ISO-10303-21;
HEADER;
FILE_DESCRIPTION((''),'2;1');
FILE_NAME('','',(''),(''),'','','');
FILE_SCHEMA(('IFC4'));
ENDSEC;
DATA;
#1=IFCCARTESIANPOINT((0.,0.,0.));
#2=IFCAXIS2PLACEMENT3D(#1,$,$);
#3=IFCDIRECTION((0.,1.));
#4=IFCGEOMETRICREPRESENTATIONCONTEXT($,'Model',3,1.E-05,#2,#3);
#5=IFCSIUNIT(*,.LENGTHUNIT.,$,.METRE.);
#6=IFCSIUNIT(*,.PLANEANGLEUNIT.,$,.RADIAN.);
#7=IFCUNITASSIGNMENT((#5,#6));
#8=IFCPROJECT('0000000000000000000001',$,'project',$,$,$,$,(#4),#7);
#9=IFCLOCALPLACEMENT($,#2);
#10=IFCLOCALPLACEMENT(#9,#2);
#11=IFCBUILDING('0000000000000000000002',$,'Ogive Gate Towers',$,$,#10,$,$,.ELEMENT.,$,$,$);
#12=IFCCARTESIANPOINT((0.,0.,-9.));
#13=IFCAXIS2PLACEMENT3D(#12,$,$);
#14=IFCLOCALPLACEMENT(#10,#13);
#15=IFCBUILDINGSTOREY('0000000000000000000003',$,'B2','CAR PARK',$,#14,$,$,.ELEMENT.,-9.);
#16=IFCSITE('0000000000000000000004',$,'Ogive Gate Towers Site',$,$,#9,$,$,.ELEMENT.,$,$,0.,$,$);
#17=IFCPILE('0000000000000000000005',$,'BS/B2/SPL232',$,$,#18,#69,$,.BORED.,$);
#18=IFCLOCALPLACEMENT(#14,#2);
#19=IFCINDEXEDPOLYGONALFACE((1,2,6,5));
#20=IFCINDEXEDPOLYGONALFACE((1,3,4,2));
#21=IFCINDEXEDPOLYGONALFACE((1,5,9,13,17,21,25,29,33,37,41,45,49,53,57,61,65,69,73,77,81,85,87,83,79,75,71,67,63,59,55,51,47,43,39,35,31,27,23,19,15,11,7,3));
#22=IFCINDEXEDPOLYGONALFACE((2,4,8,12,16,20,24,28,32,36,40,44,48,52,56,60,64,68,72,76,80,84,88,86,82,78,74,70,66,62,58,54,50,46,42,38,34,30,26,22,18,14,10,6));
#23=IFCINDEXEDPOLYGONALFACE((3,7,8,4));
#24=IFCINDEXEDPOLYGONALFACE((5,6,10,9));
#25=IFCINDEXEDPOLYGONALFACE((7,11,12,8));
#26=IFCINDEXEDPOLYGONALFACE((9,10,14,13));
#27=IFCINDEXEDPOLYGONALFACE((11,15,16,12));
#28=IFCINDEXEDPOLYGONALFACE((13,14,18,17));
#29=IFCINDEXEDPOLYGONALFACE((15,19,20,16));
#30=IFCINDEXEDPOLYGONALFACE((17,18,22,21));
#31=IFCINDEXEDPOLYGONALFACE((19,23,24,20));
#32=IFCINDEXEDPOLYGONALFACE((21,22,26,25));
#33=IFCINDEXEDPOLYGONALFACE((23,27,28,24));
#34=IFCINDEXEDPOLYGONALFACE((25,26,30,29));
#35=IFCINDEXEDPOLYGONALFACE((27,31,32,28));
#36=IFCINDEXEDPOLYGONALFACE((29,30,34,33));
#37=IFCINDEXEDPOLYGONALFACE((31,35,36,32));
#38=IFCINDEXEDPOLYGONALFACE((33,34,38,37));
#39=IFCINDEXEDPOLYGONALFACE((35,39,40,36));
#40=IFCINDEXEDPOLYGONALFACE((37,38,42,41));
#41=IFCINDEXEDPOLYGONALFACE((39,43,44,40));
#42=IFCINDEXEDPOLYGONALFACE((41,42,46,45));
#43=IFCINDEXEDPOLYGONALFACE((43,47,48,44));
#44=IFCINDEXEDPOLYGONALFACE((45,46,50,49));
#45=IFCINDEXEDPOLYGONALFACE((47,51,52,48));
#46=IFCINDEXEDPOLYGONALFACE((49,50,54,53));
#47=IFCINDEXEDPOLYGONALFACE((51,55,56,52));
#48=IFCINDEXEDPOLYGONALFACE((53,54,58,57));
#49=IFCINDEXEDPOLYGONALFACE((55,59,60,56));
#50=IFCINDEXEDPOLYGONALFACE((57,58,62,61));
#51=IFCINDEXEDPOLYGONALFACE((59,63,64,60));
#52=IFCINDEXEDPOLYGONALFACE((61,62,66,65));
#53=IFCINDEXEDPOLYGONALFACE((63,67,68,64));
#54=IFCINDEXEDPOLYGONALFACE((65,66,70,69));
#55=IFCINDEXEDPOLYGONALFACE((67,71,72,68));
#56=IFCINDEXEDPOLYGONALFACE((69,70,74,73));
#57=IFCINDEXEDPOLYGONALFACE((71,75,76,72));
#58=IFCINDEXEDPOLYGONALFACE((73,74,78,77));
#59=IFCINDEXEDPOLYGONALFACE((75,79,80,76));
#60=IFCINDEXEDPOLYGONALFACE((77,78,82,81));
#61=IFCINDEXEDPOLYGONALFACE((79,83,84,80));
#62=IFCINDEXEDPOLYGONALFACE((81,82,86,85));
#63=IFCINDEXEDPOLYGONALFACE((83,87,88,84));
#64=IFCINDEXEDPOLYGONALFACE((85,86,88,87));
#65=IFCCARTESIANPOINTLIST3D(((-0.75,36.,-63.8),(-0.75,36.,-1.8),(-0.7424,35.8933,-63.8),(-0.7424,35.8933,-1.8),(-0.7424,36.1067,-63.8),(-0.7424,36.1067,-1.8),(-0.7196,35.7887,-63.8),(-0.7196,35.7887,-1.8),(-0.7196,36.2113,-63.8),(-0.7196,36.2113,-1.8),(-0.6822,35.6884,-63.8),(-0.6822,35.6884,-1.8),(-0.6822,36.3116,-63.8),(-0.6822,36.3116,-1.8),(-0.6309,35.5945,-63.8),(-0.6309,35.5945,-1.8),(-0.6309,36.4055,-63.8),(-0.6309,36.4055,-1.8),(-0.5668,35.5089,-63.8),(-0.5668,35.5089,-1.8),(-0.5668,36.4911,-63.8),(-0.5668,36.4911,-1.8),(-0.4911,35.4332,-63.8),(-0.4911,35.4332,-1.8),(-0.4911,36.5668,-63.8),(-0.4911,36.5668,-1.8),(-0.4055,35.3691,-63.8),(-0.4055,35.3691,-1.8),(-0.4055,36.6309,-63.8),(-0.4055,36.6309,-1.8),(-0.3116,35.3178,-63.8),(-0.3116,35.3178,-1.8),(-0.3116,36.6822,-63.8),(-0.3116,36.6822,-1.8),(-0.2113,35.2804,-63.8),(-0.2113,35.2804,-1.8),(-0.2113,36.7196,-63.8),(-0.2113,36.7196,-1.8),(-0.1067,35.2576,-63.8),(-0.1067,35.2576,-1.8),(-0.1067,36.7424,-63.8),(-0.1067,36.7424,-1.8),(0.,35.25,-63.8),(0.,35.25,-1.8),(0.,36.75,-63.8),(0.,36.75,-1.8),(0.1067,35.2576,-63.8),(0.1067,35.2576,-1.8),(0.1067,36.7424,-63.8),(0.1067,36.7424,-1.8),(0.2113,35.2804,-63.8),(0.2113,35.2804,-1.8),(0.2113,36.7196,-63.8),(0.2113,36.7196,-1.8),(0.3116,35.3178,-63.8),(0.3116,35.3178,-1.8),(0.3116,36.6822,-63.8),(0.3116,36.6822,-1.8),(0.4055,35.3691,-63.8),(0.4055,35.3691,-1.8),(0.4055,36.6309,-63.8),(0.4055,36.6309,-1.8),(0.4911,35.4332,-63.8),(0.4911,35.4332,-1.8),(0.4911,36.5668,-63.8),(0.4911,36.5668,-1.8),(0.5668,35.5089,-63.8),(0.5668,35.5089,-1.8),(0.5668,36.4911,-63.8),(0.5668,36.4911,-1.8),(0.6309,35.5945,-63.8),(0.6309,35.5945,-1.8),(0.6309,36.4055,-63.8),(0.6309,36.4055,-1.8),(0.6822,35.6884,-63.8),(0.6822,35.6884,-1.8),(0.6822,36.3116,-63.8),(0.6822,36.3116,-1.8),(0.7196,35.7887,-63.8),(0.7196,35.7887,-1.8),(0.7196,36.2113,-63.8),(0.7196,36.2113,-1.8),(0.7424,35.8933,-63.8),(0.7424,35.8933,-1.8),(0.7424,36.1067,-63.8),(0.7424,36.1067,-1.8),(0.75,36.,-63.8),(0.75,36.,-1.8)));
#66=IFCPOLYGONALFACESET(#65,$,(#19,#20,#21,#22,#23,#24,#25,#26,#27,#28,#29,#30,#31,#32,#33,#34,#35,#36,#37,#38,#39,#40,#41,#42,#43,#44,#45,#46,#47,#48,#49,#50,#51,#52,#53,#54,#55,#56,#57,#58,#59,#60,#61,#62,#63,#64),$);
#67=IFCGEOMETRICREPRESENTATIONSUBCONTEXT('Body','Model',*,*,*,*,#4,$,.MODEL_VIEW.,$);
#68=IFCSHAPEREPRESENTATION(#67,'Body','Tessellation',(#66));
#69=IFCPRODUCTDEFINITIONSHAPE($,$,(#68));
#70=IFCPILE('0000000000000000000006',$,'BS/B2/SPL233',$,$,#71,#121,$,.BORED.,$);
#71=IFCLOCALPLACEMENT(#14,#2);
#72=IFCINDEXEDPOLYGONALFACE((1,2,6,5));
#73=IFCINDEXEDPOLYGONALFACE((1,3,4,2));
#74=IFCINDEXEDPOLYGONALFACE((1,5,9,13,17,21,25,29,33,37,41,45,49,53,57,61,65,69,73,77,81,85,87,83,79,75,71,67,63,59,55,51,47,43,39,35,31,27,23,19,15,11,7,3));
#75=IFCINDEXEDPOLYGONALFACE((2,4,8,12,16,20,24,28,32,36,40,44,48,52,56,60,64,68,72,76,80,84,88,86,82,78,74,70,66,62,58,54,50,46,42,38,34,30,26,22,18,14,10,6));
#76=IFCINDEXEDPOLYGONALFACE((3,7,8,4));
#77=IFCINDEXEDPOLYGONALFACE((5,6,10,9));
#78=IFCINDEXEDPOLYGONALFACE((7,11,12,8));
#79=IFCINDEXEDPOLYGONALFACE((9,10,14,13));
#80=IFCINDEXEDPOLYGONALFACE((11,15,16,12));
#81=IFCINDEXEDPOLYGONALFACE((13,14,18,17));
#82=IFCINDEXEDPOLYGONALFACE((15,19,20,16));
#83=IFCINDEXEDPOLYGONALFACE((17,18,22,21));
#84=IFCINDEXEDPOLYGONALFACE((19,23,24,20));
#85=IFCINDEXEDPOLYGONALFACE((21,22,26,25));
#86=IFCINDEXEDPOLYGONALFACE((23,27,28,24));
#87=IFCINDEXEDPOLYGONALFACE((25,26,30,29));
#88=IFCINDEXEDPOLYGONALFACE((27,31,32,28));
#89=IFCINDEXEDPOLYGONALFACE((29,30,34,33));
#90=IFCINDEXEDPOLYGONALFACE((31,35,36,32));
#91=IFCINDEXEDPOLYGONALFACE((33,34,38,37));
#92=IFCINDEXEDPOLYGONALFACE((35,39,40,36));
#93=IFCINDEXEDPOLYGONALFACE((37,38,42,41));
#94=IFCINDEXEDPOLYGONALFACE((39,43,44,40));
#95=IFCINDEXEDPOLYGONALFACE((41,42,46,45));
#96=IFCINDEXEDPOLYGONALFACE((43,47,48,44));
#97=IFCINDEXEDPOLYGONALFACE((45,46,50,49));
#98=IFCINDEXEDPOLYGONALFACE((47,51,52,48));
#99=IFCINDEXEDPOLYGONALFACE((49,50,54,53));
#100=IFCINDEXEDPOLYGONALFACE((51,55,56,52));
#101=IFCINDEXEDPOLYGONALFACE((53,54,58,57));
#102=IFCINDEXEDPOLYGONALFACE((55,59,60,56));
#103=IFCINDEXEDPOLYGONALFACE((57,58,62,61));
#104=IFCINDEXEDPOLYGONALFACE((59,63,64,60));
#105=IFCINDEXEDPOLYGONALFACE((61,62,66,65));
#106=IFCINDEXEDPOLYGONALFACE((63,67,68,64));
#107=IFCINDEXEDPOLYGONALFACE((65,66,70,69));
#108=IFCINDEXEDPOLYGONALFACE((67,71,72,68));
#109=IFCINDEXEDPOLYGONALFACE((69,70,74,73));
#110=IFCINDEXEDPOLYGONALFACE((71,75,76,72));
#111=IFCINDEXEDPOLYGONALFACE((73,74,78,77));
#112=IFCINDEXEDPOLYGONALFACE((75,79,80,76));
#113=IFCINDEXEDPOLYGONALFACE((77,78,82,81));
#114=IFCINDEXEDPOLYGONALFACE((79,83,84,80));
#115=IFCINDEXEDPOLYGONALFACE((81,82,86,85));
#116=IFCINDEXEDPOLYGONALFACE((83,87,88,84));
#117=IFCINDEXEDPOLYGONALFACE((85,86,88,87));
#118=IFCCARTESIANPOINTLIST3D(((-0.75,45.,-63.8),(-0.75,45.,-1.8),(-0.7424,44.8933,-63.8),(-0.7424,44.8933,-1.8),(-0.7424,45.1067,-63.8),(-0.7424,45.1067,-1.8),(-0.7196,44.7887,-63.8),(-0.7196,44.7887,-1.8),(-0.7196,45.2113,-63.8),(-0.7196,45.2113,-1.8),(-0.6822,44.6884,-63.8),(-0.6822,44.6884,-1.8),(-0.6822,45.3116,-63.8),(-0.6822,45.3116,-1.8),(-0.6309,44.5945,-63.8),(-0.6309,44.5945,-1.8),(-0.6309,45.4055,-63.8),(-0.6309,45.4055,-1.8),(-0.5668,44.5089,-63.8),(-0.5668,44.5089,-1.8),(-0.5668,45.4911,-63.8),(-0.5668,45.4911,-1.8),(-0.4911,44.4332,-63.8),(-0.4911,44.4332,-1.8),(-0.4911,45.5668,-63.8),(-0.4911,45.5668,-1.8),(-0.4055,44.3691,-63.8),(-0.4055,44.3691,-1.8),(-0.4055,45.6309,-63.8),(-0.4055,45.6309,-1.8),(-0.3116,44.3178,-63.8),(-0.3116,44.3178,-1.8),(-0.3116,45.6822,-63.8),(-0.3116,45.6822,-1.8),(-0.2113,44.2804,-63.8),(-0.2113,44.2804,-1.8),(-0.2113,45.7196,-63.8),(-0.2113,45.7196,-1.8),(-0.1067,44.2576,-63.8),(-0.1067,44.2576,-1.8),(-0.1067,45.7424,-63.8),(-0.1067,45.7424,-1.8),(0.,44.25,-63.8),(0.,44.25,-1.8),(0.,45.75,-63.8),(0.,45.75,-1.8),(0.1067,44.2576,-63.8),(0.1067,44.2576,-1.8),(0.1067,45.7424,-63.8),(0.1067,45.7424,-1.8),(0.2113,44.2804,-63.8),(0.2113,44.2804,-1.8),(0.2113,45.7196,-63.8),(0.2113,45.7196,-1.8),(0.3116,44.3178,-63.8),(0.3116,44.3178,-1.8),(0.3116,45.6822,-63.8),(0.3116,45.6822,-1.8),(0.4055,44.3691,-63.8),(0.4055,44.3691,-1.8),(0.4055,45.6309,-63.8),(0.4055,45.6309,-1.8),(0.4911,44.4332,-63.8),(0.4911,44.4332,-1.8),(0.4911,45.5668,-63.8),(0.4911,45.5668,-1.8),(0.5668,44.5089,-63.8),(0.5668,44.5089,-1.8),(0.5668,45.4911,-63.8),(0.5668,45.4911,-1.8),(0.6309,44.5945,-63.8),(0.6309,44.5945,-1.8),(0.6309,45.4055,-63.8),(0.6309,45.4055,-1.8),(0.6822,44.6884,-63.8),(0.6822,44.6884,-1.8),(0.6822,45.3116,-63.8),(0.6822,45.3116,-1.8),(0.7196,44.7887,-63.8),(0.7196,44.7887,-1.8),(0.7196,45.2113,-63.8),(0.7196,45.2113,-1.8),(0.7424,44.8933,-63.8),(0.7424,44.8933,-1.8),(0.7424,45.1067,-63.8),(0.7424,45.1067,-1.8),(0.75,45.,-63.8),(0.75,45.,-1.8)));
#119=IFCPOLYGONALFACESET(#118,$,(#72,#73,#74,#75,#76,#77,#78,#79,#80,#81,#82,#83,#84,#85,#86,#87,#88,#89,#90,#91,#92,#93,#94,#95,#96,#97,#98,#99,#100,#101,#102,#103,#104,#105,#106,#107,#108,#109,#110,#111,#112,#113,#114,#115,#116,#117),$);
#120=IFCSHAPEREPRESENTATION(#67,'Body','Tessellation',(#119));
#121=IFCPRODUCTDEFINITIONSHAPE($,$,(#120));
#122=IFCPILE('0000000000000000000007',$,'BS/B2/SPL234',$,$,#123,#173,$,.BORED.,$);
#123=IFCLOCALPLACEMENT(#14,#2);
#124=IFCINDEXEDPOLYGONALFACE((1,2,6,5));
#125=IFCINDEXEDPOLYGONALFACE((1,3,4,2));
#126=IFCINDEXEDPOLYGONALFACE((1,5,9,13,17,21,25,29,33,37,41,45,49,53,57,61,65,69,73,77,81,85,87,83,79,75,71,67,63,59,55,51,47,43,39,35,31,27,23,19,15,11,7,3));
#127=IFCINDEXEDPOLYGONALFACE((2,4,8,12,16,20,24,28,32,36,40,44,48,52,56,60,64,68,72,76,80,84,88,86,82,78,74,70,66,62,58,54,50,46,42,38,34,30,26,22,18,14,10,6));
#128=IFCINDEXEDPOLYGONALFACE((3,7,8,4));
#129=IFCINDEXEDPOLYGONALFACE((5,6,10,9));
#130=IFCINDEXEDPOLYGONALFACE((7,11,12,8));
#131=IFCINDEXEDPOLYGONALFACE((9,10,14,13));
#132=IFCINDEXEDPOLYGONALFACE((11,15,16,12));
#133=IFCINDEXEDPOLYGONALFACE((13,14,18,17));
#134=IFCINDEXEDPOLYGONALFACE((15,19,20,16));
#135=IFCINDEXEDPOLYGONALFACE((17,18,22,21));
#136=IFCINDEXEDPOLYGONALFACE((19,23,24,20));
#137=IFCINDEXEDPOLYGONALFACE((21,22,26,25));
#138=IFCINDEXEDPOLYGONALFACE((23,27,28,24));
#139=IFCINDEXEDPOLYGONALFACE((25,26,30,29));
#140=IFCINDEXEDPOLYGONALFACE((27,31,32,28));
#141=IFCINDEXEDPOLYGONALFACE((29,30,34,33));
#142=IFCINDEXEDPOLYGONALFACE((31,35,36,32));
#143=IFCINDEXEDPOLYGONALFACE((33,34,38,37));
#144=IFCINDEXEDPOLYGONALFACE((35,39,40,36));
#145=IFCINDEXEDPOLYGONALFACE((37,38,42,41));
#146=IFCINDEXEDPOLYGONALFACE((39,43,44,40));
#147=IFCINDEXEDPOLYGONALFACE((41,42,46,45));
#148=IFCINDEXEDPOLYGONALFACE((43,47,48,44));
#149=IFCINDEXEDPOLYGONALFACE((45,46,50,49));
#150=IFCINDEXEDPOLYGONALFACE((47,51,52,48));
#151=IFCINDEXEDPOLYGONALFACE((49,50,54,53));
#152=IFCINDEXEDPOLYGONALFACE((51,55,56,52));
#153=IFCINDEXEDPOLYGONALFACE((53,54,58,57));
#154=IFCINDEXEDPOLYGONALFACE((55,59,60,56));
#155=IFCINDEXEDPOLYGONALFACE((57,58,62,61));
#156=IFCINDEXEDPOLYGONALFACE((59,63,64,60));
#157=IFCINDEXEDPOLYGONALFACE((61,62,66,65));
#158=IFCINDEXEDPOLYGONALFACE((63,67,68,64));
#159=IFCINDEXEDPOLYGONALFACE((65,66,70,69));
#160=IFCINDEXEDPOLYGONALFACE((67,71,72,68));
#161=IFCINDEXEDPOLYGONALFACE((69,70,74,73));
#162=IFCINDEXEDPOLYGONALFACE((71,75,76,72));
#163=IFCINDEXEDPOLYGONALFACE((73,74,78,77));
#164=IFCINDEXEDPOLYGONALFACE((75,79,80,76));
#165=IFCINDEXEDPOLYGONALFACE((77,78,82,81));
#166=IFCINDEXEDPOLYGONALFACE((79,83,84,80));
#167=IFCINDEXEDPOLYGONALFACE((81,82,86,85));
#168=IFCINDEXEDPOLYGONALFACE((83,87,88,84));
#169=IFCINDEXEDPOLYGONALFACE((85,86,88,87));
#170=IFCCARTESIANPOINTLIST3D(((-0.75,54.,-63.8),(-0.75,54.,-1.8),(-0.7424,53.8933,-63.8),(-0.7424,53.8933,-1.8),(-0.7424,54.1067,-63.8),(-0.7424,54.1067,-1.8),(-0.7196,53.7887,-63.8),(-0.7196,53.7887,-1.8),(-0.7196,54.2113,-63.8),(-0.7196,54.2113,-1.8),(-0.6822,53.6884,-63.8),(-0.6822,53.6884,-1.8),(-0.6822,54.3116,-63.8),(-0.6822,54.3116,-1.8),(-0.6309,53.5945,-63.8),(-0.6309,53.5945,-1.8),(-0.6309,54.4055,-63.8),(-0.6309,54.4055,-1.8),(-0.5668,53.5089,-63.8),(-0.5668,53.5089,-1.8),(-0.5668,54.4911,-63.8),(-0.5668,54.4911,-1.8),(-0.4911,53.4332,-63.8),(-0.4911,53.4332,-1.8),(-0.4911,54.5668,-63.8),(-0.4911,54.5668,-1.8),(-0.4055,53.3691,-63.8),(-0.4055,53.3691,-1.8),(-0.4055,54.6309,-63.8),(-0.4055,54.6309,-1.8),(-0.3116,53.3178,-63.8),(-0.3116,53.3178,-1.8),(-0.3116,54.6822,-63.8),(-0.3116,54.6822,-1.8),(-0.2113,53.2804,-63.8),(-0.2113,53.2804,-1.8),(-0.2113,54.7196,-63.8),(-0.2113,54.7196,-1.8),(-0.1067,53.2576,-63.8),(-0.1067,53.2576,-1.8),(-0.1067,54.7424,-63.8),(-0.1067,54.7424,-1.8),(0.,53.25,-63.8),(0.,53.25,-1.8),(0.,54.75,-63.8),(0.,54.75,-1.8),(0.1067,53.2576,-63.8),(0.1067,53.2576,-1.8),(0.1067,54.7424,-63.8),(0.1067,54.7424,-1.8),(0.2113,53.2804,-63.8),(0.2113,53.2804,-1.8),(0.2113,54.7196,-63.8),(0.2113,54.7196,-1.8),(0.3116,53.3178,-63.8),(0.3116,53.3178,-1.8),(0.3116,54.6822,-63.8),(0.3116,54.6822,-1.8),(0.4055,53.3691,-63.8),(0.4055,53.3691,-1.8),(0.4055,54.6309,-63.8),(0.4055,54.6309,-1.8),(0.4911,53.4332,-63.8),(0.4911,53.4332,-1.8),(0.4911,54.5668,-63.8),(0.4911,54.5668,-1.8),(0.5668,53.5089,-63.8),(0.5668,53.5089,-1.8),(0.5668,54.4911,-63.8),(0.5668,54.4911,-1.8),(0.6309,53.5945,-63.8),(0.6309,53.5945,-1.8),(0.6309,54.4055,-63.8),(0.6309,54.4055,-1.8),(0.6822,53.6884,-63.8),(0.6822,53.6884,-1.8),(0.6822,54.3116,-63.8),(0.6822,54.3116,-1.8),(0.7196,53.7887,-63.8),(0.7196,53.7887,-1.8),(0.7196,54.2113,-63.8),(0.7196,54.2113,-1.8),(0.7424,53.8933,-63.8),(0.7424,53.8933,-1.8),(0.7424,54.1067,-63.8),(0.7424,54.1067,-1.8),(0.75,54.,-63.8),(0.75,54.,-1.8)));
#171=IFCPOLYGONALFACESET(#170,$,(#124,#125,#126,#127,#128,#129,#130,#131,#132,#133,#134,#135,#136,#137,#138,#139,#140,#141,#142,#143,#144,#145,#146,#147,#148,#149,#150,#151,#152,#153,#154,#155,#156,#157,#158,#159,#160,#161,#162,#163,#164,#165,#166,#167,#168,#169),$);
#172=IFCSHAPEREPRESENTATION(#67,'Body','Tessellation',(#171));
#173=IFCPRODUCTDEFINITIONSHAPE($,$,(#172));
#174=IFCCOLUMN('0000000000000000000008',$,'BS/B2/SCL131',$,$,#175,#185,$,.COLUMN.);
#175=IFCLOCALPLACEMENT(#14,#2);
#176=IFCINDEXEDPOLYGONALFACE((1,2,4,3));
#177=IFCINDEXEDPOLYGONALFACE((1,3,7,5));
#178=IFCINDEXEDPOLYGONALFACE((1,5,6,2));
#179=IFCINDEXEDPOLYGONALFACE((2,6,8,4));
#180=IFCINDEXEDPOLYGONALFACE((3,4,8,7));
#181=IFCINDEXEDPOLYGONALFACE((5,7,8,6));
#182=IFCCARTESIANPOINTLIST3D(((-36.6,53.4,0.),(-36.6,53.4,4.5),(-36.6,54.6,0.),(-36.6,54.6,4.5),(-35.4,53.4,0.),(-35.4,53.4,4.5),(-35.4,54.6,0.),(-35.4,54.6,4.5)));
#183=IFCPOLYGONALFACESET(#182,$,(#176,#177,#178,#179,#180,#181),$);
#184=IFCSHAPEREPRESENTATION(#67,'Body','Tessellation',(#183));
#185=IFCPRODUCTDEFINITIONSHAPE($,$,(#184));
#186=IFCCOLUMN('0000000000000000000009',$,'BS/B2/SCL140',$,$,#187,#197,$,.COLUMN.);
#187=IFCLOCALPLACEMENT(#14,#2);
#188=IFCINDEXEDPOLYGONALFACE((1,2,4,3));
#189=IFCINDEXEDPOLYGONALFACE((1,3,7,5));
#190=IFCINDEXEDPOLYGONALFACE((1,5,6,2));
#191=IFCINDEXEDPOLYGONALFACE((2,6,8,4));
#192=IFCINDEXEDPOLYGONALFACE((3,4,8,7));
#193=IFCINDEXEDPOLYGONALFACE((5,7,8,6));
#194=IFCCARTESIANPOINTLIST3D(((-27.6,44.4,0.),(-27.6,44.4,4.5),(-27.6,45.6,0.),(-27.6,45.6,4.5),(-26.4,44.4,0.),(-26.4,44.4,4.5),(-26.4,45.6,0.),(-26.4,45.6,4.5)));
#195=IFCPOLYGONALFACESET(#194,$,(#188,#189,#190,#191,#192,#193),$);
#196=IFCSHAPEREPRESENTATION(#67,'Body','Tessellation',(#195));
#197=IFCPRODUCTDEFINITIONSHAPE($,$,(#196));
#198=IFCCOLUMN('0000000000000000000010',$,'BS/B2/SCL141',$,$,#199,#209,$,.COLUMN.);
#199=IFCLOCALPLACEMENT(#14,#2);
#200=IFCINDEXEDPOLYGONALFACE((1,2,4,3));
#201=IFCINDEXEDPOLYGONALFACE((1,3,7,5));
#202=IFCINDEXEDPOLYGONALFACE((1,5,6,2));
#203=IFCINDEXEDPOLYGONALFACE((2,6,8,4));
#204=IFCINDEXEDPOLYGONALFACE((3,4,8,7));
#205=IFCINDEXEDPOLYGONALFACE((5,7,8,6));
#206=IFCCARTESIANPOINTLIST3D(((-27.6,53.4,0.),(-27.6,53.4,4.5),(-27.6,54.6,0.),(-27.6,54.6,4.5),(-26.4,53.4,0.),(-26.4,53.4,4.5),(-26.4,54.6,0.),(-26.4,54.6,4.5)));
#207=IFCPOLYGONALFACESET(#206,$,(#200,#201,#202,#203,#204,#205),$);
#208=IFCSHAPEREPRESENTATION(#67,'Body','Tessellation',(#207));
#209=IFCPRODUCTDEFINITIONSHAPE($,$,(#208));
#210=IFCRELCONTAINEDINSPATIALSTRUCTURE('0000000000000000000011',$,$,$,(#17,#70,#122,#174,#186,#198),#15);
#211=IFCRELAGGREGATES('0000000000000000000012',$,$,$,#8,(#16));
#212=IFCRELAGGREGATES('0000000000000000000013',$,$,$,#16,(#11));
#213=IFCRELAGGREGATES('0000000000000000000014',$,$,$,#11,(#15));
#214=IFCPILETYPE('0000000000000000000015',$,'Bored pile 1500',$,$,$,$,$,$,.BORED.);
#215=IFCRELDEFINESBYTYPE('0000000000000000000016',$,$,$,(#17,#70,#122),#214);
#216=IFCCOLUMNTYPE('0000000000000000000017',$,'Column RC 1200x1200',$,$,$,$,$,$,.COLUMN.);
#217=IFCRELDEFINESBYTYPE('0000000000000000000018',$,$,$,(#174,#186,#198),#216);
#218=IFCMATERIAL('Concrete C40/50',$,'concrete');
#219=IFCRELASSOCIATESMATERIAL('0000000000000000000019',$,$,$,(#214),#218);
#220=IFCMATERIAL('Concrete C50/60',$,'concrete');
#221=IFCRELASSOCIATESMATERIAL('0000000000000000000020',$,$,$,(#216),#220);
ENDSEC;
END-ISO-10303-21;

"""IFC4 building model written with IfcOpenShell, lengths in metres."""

from ifc_helpers import new_model, si_unit, direction, frame, origin, origin_2d, place, context, subcontext, project, spatial, rectangle, circle, extrude, material, material_profile, profile_set, type_object, element, save


model = new_model("IFC4")

# Units and contexts
model_context = context("Model", 3, precision=1e-05, world=origin(), true_north=direction((0.0, 1.0)))
body_context = subcontext(model_context, "Body", "Model", "MODEL_VIEW")
ifc_project = project(units=[si_unit("LENGTHUNIT", "METRE"), si_unit("PLANEANGLEUNIT", "RADIAN")], contexts=[model_context])

# Site, building, storey
site_placement = place(None, origin())
site = spatial("IfcSite", under=ifc_project, at=site_placement, Name="Ogive Gate Towers Site", CompositionType="ELEMENT", RefElevation=0.0)
building_placement = place(site_placement, origin())
building = spatial("IfcBuilding", under=site, at=building_placement, Name="Ogive Gate Towers", CompositionType="ELEMENT")
storey_placement = place(building_placement, frame((0.0, 0.0, -9.0)))
storey = spatial("IfcBuildingStorey", under=building, at=storey_placement, Name="B2", Description="CAR PARK", CompositionType="ELEMENT", Elevation=-9.0)

# Piles
ifc_material_1 = material(Name="Concrete C40/50", Category="concrete")
ifc_material_profile_1 = material_profile(ifc_material_1, circle(Radius=0.75, at=origin_2d()), Name="BP 1500")
ifc_profile_set_1 = profile_set([ifc_material_profile_1], Name="Concrete C40/50")
pile_type = type_object("IfcPileType", Name="Bored pile 1500", PredefinedType="BORED", material=ifc_profile_set_1)
for number, where, z_axis, x_axis, name in (
    (1, (0.0, 36.0, -1.8), (0.0, 0.0, -1.0), (1.0, 0.0, 0.0), "BS/B2/SPL232"),
    (2, (0.0, 45.0, -1.8), (0.0, 0.0, -1.0), (1.0, 0.0, 0.0), "BS/B2/SPL233"),
    (3, (0.0, 54.0, -1.8), (0.0, 0.0, -1.0), (1.0, 0.0, 0.0), "BS/B2/SPL234"),
):
    element("IfcPile", number, at=place(storey_placement, frame(where, z_axis=z_axis, x_axis=x_axis)), inside=storey, type_object=pile_type, Name=name, PredefinedType="BORED", context=body_context, shape_type="SweptSolid", body=[
        extrude(circle(Radius=0.75, at=origin_2d()), origin(), (0.0, 0.0, 1.0), 62.0),
    ])

# Columns
ifc_material_2 = material(Name="Concrete C50/60", Category="concrete")
ifc_material_profile_2 = material_profile(ifc_material_2, rectangle(XDim=1.2, YDim=1.2, at=origin_2d()), Name="RC 1200x1200")
ifc_profile_set_2 = profile_set([ifc_material_profile_2], Name="Concrete C50/60")
column_type = type_object("IfcColumnType", Name="Column RC 1200x1200", PredefinedType="COLUMN", material=ifc_profile_set_2)
for number, where, z_axis, x_axis, name in (
    (4, (-36.0, 54.0, 0.0), (0.0, 0.0, 1.0), (1.0, 0.0, 0.0), "BS/B2/SCL131"),
    (5, (-27.0, 45.0, 0.0), (0.0, 0.0, 1.0), (1.0, 0.0, 0.0), "BS/B2/SCL140"),
    (6, (-27.0, 54.0, 0.0), (0.0, 0.0, 1.0), (1.0, 0.0, 0.0), "BS/B2/SCL141"),
):
    element("IfcColumn", number, at=place(storey_placement, frame(where, z_axis=z_axis, x_axis=x_axis)), inside=storey, type_object=column_type, Name=name, PredefinedType="COLUMN", context=body_context, shape_type="SweptSolid", body=[
        extrude(rectangle(XDim=1.2, YDim=1.2, at=origin_2d()), origin(), (0.0, 0.0, 1.0), 4.5),
    ])

save(model, "model.ifc")
